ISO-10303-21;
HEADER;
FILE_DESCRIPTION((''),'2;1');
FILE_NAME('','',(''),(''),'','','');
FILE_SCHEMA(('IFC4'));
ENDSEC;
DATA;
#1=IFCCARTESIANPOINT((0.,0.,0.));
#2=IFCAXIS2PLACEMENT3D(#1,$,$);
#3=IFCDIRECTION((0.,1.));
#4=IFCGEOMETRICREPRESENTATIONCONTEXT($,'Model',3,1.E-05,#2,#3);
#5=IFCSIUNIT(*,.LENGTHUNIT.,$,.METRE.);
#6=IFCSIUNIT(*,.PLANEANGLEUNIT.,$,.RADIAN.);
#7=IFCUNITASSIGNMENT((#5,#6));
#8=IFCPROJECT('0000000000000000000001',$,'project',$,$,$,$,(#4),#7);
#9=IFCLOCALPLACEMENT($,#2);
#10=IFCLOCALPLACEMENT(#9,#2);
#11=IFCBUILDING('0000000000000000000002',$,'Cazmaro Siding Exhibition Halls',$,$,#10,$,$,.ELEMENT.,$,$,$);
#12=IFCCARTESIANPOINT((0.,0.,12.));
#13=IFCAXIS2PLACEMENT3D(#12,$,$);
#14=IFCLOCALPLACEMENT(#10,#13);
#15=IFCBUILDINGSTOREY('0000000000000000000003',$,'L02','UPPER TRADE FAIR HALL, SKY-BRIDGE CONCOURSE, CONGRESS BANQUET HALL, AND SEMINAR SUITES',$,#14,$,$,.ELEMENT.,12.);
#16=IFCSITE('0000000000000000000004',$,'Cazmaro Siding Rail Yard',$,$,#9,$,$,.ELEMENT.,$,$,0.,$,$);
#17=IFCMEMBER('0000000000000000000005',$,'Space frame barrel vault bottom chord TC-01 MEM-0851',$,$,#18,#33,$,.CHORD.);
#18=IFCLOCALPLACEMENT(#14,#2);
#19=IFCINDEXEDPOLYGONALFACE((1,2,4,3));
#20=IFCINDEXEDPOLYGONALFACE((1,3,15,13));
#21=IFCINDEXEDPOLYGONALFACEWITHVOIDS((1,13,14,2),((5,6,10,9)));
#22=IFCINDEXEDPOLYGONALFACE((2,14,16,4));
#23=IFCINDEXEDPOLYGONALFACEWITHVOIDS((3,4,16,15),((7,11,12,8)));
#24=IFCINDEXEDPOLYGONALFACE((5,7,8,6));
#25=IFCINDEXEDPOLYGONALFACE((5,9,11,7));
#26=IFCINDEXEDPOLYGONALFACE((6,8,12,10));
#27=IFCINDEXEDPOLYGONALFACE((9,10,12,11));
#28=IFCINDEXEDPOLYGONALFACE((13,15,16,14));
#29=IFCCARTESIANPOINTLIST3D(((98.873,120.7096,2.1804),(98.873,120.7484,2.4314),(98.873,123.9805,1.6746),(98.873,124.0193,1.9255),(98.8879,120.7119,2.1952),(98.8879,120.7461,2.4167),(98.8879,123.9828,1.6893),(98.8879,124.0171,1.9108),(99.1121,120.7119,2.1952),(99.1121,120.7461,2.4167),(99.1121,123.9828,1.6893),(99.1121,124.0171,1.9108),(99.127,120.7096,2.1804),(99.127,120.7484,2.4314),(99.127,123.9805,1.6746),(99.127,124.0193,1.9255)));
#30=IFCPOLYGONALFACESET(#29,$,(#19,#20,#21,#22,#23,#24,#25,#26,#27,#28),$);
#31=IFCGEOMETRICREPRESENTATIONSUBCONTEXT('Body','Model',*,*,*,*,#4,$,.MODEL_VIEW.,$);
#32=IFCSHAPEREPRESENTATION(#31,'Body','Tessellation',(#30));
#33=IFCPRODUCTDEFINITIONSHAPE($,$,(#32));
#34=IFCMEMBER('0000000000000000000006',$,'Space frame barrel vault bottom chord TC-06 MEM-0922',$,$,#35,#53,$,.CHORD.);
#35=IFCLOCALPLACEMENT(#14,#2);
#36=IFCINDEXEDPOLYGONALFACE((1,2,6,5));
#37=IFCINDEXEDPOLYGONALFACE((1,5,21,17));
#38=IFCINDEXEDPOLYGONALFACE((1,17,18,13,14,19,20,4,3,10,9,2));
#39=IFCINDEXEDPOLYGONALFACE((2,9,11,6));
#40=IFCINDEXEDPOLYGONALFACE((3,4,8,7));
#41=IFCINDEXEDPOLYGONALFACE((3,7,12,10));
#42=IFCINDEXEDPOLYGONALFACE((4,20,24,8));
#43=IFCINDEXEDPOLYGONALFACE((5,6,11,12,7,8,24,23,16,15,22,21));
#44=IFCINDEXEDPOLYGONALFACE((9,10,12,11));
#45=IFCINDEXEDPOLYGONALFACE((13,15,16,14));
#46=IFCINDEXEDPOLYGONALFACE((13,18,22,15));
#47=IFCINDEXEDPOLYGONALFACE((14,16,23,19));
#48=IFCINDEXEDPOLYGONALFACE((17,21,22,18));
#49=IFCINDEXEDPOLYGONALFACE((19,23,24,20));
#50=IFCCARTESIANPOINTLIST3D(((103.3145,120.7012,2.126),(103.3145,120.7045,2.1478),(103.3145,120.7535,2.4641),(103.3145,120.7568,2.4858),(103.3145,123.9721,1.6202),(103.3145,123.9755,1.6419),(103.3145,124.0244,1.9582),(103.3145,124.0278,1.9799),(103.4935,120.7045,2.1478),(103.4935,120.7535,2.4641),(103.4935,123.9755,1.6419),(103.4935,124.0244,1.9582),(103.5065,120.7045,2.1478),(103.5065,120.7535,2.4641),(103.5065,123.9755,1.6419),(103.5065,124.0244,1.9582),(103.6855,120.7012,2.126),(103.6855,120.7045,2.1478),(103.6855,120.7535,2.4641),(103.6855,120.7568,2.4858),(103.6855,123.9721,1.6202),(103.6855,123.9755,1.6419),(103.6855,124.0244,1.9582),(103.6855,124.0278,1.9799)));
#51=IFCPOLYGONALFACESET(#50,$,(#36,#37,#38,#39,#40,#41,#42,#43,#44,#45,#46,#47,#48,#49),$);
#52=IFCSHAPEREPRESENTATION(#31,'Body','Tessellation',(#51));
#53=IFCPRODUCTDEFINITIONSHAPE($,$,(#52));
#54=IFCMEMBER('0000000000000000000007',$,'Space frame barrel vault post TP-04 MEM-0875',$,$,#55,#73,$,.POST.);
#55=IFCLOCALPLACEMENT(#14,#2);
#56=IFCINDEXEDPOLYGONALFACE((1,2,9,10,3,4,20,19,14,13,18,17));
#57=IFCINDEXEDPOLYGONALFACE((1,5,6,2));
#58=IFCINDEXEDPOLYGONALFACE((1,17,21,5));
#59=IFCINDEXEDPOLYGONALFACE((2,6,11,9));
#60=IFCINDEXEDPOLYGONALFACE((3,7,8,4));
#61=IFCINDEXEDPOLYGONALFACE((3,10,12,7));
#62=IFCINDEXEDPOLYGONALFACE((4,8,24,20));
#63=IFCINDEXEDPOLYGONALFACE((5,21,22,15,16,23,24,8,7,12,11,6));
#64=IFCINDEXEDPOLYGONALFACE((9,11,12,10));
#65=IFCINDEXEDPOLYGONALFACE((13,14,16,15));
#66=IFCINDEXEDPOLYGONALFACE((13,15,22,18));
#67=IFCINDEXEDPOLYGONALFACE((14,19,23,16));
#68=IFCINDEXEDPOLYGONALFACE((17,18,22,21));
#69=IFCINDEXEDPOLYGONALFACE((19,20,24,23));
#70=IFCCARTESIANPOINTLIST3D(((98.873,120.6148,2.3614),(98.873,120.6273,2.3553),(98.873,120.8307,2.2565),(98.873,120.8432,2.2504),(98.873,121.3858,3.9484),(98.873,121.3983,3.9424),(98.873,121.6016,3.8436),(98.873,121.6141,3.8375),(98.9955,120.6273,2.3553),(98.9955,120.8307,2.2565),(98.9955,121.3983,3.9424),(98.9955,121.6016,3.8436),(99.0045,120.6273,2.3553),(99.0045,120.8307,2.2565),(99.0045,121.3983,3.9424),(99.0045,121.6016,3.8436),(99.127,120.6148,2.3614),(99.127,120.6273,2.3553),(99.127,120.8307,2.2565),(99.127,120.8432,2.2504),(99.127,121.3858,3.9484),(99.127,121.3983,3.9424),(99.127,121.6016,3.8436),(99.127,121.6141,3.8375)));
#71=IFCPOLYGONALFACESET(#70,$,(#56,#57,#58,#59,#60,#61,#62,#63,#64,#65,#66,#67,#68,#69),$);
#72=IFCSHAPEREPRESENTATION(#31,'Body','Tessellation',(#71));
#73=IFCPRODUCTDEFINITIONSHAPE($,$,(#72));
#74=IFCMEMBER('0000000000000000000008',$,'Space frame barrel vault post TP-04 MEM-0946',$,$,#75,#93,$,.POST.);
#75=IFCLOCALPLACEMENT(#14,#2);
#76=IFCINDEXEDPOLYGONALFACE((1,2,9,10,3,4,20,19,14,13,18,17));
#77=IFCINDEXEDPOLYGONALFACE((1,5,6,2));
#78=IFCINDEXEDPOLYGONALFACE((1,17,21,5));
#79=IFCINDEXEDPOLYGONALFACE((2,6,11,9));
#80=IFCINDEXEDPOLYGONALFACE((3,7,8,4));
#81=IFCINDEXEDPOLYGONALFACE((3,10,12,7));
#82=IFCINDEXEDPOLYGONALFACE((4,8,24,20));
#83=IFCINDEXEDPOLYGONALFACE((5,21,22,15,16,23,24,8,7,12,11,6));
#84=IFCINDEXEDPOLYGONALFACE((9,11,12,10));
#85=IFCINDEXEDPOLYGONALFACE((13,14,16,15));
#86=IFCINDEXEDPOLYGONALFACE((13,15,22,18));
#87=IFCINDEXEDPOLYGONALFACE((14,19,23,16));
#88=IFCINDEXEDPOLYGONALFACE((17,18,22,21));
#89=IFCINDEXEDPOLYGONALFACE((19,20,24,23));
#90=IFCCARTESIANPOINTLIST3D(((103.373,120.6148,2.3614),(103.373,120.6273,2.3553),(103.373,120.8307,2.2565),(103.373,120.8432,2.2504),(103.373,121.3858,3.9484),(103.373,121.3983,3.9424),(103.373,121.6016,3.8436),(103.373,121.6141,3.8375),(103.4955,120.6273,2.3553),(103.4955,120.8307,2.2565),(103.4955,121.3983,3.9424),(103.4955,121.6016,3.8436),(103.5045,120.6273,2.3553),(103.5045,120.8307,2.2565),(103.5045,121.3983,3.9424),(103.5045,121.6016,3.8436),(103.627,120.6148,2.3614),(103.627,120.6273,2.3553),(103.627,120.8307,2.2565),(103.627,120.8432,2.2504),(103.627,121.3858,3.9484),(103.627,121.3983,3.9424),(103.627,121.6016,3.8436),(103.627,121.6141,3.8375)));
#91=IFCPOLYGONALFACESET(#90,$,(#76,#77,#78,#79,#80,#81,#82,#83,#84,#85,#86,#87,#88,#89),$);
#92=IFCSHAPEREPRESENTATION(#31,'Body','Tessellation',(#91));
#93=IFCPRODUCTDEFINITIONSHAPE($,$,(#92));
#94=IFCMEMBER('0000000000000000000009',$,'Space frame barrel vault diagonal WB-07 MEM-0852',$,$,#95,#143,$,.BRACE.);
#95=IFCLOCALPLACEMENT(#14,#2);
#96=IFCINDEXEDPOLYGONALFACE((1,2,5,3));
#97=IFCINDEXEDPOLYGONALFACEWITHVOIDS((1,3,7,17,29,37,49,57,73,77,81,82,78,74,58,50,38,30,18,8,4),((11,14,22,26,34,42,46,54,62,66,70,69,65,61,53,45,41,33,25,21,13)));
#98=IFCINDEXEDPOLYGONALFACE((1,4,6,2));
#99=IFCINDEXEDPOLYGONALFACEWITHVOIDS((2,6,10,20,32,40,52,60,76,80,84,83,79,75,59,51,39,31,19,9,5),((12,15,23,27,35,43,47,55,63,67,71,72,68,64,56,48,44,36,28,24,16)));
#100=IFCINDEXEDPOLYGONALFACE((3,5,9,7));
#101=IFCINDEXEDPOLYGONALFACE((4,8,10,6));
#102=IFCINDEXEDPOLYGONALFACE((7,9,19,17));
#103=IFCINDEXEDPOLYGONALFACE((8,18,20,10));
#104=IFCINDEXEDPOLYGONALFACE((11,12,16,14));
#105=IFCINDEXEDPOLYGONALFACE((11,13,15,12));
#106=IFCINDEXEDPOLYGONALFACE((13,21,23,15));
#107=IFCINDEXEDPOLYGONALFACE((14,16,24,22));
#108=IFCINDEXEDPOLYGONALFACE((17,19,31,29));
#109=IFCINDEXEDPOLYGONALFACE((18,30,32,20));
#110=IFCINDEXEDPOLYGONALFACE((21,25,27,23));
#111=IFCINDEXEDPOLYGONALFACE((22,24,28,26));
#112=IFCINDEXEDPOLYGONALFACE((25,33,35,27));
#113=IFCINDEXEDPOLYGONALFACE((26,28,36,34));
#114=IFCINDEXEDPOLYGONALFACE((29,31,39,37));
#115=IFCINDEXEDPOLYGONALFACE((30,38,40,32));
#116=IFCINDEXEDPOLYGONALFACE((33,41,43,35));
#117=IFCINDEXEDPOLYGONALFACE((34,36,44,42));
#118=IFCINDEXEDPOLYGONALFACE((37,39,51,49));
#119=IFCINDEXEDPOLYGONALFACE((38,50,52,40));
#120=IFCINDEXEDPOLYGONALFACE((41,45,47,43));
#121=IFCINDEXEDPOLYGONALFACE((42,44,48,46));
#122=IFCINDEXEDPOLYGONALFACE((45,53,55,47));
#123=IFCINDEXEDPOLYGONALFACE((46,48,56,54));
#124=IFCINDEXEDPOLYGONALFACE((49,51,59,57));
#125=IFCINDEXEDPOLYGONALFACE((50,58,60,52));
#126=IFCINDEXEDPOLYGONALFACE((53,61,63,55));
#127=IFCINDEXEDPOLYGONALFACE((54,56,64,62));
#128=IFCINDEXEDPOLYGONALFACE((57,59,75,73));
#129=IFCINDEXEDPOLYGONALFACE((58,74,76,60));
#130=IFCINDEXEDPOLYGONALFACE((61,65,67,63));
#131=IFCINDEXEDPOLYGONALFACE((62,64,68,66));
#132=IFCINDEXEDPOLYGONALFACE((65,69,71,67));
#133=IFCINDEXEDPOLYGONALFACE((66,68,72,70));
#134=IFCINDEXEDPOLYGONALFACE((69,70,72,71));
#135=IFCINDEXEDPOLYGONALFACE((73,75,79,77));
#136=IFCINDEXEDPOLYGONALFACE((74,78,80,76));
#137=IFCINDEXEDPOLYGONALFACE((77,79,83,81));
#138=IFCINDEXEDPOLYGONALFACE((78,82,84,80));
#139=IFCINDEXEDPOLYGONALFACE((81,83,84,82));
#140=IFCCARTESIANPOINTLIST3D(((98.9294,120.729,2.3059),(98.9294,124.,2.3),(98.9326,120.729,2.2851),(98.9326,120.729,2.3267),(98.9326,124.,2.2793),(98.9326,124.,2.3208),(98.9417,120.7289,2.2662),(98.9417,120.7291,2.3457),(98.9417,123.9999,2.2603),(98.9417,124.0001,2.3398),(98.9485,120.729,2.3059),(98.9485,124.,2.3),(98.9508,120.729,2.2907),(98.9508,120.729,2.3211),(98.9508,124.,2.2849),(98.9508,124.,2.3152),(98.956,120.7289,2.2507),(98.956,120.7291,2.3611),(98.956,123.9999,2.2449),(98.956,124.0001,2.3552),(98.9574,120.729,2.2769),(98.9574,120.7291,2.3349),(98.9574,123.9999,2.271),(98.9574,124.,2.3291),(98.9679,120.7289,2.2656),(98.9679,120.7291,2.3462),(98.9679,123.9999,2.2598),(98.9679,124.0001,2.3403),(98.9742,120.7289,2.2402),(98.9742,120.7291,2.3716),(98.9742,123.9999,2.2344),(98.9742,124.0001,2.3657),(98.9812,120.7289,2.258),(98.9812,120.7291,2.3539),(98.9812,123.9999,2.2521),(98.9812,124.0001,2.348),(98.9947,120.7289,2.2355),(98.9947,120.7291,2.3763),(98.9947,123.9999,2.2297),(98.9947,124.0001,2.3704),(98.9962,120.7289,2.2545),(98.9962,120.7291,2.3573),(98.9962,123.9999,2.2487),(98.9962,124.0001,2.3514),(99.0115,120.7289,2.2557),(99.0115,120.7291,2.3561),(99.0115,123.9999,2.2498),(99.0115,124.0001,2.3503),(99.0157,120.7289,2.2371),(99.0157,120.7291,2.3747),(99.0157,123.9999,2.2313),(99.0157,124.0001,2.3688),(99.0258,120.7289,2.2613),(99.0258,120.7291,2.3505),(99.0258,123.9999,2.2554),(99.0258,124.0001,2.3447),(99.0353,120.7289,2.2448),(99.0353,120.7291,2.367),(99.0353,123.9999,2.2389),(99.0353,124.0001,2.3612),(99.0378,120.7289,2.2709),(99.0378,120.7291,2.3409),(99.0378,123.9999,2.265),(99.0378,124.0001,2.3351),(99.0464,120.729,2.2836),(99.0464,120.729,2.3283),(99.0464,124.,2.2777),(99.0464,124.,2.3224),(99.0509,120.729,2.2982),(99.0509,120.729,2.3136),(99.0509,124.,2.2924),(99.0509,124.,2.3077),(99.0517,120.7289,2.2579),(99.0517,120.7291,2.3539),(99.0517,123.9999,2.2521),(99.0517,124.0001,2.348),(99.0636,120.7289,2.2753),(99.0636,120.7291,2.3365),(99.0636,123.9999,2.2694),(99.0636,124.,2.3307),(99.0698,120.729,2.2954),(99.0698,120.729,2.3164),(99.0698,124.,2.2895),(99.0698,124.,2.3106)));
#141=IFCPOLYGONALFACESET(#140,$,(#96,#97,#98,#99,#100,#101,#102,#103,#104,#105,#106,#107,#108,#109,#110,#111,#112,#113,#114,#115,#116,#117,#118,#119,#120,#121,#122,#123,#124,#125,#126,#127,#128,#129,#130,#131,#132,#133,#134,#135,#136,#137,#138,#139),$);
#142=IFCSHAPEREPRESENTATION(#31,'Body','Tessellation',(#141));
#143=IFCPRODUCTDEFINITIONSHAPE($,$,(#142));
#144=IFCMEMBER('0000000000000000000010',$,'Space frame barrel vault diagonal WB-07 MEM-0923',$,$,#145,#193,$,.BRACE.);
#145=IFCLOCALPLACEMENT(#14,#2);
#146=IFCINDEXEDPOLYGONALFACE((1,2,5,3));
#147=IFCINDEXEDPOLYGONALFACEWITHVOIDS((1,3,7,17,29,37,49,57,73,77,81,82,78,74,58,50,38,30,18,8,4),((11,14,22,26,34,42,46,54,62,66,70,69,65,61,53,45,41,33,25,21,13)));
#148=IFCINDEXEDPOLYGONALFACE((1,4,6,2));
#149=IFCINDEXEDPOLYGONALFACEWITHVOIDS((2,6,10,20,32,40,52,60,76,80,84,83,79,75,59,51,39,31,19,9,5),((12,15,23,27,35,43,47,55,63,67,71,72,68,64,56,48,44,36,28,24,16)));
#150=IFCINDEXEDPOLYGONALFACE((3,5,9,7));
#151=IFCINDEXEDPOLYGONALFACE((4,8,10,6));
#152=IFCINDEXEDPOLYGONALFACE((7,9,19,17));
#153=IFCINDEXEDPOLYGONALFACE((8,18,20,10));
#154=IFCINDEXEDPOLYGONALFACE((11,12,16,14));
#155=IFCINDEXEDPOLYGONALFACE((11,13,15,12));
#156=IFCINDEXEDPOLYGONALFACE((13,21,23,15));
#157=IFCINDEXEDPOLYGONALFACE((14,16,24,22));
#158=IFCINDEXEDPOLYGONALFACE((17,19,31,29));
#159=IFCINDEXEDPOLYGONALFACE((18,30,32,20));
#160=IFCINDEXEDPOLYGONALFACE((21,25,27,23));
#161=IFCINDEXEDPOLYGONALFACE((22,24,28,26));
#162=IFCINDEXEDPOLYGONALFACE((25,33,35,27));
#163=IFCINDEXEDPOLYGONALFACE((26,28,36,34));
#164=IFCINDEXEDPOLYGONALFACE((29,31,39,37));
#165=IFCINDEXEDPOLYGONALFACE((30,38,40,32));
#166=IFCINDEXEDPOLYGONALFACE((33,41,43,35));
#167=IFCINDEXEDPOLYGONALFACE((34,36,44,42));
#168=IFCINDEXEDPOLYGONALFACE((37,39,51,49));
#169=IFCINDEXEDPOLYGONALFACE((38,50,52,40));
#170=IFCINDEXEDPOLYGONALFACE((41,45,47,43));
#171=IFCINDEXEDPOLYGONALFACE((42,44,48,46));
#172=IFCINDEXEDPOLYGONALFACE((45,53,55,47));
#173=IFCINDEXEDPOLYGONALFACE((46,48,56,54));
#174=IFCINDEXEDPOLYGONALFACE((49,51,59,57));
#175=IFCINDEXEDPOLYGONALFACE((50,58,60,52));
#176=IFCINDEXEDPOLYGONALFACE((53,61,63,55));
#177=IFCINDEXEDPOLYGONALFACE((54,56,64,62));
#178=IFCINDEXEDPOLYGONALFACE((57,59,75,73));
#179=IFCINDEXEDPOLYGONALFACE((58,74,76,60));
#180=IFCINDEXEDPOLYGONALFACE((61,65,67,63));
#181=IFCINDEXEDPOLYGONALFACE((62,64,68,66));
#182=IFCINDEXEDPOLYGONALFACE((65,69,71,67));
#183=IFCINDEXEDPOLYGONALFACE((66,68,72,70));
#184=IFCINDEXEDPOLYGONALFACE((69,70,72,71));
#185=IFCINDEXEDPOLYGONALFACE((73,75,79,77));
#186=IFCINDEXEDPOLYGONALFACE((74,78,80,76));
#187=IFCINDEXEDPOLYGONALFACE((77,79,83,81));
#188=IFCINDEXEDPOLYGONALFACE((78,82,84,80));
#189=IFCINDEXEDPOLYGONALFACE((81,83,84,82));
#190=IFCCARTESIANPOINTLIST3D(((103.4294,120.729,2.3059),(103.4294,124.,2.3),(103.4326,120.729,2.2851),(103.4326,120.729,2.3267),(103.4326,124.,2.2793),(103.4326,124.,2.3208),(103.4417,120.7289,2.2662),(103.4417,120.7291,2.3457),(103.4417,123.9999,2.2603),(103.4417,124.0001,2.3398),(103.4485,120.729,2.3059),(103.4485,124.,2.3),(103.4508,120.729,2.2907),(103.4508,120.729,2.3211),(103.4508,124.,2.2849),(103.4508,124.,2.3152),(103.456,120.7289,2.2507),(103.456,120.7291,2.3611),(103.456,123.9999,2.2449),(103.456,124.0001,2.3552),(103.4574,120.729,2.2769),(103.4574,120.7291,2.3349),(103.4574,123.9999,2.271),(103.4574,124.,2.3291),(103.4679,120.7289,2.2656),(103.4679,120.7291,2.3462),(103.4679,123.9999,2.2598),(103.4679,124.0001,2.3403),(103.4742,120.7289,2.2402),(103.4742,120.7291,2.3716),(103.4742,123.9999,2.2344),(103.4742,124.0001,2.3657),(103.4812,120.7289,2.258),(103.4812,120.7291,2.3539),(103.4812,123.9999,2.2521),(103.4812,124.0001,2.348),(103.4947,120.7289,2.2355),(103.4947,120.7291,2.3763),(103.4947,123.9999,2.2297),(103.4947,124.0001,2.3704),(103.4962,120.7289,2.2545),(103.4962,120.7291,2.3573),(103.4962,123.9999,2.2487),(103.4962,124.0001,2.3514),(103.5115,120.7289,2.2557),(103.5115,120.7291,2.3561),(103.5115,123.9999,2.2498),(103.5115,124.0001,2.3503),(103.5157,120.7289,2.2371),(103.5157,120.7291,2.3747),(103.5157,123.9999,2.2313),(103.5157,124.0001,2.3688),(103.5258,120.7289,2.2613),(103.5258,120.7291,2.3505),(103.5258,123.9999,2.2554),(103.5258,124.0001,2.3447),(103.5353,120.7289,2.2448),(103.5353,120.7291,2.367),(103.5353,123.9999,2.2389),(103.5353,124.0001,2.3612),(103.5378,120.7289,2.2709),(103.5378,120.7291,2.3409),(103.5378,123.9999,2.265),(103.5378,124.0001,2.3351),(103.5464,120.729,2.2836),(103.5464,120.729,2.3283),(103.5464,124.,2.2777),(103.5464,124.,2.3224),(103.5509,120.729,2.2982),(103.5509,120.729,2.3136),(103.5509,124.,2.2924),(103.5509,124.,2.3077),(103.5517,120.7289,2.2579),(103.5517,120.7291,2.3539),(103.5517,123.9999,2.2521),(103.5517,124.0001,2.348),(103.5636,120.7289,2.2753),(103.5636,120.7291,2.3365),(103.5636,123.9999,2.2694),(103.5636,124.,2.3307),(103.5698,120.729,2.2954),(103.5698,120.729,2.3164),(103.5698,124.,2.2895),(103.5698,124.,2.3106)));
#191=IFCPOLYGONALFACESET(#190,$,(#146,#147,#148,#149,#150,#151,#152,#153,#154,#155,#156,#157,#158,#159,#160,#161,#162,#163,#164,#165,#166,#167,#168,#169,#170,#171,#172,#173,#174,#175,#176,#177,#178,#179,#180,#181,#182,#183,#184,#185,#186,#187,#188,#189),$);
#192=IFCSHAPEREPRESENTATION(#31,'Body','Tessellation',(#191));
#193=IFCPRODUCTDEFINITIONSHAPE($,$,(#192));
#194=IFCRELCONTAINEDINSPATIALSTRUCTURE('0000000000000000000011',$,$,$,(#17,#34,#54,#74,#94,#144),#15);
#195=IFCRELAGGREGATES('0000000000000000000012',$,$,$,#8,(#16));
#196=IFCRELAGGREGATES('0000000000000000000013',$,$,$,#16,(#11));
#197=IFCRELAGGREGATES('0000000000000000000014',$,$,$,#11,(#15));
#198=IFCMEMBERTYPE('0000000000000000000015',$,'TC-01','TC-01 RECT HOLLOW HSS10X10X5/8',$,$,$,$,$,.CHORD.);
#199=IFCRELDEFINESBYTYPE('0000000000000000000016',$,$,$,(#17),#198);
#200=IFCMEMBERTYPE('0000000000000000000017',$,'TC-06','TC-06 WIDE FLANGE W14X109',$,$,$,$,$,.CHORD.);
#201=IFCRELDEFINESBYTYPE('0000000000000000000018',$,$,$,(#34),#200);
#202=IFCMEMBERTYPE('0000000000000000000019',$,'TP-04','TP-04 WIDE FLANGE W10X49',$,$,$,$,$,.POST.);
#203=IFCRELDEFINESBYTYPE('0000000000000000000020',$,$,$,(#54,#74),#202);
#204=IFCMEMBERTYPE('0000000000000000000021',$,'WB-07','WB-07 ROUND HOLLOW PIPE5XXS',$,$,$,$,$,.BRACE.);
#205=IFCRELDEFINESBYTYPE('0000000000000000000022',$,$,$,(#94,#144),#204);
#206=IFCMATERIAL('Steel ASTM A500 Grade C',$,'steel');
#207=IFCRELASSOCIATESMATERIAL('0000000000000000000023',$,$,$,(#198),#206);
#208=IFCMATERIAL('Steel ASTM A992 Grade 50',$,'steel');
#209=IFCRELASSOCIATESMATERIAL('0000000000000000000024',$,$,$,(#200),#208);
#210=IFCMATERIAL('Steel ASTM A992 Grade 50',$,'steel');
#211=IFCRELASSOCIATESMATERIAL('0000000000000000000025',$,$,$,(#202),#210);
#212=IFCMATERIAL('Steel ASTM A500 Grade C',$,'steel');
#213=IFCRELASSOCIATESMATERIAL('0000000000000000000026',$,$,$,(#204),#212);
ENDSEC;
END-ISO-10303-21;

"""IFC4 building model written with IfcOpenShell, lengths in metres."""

from ifc_helpers import new_model, si_unit, direction, frame, origin, origin_2d, place, context, subcontext, project, spatial, hollow_rectangle, hollow_circle, i_section, extrude, material, material_profile, profile_set, type_object, element, save


model = new_model("IFC4")

# Units and contexts
model_context = context("Model", 3, precision=1e-05, world=origin(), true_north=direction((0.0, 1.0)))
body_context = subcontext(model_context, "Body", "Model", "MODEL_VIEW")
ifc_project = project(units=[si_unit("LENGTHUNIT", "METRE"), si_unit("PLANEANGLEUNIT", "RADIAN")], contexts=[model_context])

# Site, building, storey
site_placement = place(None, origin())
site = spatial("IfcSite", under=ifc_project, at=site_placement, Name="Cazmaro Siding Rail Yard", CompositionType="ELEMENT", RefElevation=0.0)
building_placement = place(site_placement, origin())
building = spatial("IfcBuilding", under=site, at=building_placement, Name="Cazmaro Siding Exhibition Halls", CompositionType="ELEMENT")
storey_placement = place(building_placement, frame((0.0, 0.0, 12.0)))
storey = spatial("IfcBuildingStorey", under=building, at=storey_placement, Name="L02", Description="UPPER TRADE FAIR HALL, SKY-BRIDGE CONCOURSE, CONGRESS BANQUET HALL, AND SEMINAR SUITES", CompositionType="ELEMENT", Elevation=12.0)

# Members
ifc_material_1 = material(Name="Steel ASTM A500 Grade C", Category="steel")
ifc_material_profile_1 = material_profile(ifc_material_1, hollow_rectangle(XDim=0.2539, YDim=0.2539, WallThickness=0.0149, at=origin_2d()), Name="HSS10X10X5/8")
ifc_profile_set_1 = profile_set([ifc_material_profile_1], Name="Steel ASTM A500 Grade C")
member_type_1 = type_object("IfcMemberType", Name="TC-01", Description="TC-01 RECT HOLLOW HSS10X10X5/8", PredefinedType="CHORD", material=ifc_profile_set_1)
member_1_placement = place(storey_placement, frame((99.0, 120.729, 2.3059), z_axis=(0.0, 0.988252, -0.152833), x_axis=(-1.0, 0.0, 0.0)))
element("IfcMember", 1, at=member_1_placement, inside=storey, type_object=member_type_1, Name="Space frame barrel vault bottom chord TC-01 MEM-0851", PredefinedType="CHORD", context=body_context, shape_type="SweptSolid", body=[
    extrude(hollow_rectangle(XDim=0.2539, YDim=0.2539, WallThickness=0.0149, at=origin_2d()), origin(), (0.0, 0.0, 1.0), 3.3098),
])
ifc_material_2 = material(Name="Steel ASTM A992 Grade 50", Category="steel")
ifc_material_profile_2 = material_profile(ifc_material_2, i_section(OverallWidth=0.3711, OverallDepth=0.364, WebThickness=0.0129, FlangeThickness=0.022, at=origin_2d()), Name="W14X109")
ifc_profile_set_2 = profile_set([ifc_material_profile_2], Name="Steel ASTM A992 Grade 50")
member_type_2 = type_object("IfcMemberType", Name="TC-06", Description="TC-06 WIDE FLANGE W14X109", PredefinedType="CHORD", material=ifc_profile_set_2)
member_2_placement = place(storey_placement, frame((103.5, 120.729, 2.3059), z_axis=(0.0, 0.988252, -0.152833), x_axis=(-1.0, 0.0, 0.0)))
element("IfcMember", 2, at=member_2_placement, inside=storey, type_object=member_type_2, Name="Space frame barrel vault bottom chord TC-06 MEM-0922", PredefinedType="CHORD", context=body_context, shape_type="SweptSolid", body=[
    extrude(i_section(OverallWidth=0.3711, OverallDepth=0.364, WebThickness=0.0129, FlangeThickness=0.022, at=origin_2d()), origin(), (0.0, 0.0, 1.0), 3.3098),
])
ifc_material_3 = material(Name="Steel ASTM A992 Grade 50", Category="steel")
ifc_material_profile_3 = material_profile(ifc_material_3, i_section(OverallWidth=0.2539, OverallDepth=0.2539, WebThickness=0.009, FlangeThickness=0.0139, at=origin_2d()), Name="W10X49")
ifc_profile_set_3 = profile_set([ifc_material_profile_3], Name="Steel ASTM A992 Grade 50")
member_type_3 = type_object("IfcMemberType", Name="TP-04", Description="TP-04 WIDE FLANGE W10X49", PredefinedType="POST", material=ifc_profile_set_3)
for number, where, z_axis, x_axis, name in (
    (3, (99.0, 120.729, 2.3059), (0.0, 0.436946, 0.899488), (-1.0, 0.0, 0.0), "Space frame barrel vault post TP-04 MEM-0875"),
    (4, (103.5, 120.729, 2.3059), (0.0, 0.436946, 0.899488), (-1.0, 0.0, 0.0), "Space frame barrel vault post TP-04 MEM-0946"),
):
    element("IfcMember", number, at=place(storey_placement, frame(where, z_axis=z_axis, x_axis=x_axis)), inside=storey, type_object=member_type_3, Name=name, PredefinedType="POST", context=body_context, shape_type="SweptSolid", body=[
        extrude(i_section(OverallWidth=0.2539, OverallDepth=0.2539, WebThickness=0.009, FlangeThickness=0.0139, at=origin_2d()), origin(), (0.0, 0.0, 1.0), 1.7644),
    ])
ifc_material_4 = material(Name="Steel ASTM A500 Grade C", Category="steel")
ifc_material_profile_4 = material_profile(ifc_material_4, hollow_circle(Radius=0.0706, WallThickness=0.019, at=origin_2d()), Name="PIPE5XXS")
ifc_profile_set_4 = profile_set([ifc_material_profile_4], Name="Steel ASTM A500 Grade C")
member_type_4 = type_object("IfcMemberType", Name="WB-07", Description="WB-07 ROUND HOLLOW PIPE5XXS", PredefinedType="BRACE", material=ifc_profile_set_4)
for number, where, z_axis, x_axis, name in (
    (5, (99.0, 120.729, 2.3059), (0.0, 0.999998, -0.001791), (-1.0, 0.0, 0.0), "Space frame barrel vault diagonal WB-07 MEM-0852"),
    (6, (103.5, 120.729, 2.3059), (0.0, 0.999998, -0.001791), (-1.0, 0.0, 0.0), "Space frame barrel vault diagonal WB-07 MEM-0923"),
):
    element("IfcMember", number, at=place(storey_placement, frame(where, z_axis=z_axis, x_axis=x_axis)), inside=storey, type_object=member_type_4, Name=name, PredefinedType="BRACE", context=body_context, shape_type="SweptSolid", body=[
        extrude(hollow_circle(Radius=0.0706, WallThickness=0.019, at=origin_2d()), origin(), (0.0, 0.0, 1.0), 3.271),
    ])

save(model, "model.ifc")
